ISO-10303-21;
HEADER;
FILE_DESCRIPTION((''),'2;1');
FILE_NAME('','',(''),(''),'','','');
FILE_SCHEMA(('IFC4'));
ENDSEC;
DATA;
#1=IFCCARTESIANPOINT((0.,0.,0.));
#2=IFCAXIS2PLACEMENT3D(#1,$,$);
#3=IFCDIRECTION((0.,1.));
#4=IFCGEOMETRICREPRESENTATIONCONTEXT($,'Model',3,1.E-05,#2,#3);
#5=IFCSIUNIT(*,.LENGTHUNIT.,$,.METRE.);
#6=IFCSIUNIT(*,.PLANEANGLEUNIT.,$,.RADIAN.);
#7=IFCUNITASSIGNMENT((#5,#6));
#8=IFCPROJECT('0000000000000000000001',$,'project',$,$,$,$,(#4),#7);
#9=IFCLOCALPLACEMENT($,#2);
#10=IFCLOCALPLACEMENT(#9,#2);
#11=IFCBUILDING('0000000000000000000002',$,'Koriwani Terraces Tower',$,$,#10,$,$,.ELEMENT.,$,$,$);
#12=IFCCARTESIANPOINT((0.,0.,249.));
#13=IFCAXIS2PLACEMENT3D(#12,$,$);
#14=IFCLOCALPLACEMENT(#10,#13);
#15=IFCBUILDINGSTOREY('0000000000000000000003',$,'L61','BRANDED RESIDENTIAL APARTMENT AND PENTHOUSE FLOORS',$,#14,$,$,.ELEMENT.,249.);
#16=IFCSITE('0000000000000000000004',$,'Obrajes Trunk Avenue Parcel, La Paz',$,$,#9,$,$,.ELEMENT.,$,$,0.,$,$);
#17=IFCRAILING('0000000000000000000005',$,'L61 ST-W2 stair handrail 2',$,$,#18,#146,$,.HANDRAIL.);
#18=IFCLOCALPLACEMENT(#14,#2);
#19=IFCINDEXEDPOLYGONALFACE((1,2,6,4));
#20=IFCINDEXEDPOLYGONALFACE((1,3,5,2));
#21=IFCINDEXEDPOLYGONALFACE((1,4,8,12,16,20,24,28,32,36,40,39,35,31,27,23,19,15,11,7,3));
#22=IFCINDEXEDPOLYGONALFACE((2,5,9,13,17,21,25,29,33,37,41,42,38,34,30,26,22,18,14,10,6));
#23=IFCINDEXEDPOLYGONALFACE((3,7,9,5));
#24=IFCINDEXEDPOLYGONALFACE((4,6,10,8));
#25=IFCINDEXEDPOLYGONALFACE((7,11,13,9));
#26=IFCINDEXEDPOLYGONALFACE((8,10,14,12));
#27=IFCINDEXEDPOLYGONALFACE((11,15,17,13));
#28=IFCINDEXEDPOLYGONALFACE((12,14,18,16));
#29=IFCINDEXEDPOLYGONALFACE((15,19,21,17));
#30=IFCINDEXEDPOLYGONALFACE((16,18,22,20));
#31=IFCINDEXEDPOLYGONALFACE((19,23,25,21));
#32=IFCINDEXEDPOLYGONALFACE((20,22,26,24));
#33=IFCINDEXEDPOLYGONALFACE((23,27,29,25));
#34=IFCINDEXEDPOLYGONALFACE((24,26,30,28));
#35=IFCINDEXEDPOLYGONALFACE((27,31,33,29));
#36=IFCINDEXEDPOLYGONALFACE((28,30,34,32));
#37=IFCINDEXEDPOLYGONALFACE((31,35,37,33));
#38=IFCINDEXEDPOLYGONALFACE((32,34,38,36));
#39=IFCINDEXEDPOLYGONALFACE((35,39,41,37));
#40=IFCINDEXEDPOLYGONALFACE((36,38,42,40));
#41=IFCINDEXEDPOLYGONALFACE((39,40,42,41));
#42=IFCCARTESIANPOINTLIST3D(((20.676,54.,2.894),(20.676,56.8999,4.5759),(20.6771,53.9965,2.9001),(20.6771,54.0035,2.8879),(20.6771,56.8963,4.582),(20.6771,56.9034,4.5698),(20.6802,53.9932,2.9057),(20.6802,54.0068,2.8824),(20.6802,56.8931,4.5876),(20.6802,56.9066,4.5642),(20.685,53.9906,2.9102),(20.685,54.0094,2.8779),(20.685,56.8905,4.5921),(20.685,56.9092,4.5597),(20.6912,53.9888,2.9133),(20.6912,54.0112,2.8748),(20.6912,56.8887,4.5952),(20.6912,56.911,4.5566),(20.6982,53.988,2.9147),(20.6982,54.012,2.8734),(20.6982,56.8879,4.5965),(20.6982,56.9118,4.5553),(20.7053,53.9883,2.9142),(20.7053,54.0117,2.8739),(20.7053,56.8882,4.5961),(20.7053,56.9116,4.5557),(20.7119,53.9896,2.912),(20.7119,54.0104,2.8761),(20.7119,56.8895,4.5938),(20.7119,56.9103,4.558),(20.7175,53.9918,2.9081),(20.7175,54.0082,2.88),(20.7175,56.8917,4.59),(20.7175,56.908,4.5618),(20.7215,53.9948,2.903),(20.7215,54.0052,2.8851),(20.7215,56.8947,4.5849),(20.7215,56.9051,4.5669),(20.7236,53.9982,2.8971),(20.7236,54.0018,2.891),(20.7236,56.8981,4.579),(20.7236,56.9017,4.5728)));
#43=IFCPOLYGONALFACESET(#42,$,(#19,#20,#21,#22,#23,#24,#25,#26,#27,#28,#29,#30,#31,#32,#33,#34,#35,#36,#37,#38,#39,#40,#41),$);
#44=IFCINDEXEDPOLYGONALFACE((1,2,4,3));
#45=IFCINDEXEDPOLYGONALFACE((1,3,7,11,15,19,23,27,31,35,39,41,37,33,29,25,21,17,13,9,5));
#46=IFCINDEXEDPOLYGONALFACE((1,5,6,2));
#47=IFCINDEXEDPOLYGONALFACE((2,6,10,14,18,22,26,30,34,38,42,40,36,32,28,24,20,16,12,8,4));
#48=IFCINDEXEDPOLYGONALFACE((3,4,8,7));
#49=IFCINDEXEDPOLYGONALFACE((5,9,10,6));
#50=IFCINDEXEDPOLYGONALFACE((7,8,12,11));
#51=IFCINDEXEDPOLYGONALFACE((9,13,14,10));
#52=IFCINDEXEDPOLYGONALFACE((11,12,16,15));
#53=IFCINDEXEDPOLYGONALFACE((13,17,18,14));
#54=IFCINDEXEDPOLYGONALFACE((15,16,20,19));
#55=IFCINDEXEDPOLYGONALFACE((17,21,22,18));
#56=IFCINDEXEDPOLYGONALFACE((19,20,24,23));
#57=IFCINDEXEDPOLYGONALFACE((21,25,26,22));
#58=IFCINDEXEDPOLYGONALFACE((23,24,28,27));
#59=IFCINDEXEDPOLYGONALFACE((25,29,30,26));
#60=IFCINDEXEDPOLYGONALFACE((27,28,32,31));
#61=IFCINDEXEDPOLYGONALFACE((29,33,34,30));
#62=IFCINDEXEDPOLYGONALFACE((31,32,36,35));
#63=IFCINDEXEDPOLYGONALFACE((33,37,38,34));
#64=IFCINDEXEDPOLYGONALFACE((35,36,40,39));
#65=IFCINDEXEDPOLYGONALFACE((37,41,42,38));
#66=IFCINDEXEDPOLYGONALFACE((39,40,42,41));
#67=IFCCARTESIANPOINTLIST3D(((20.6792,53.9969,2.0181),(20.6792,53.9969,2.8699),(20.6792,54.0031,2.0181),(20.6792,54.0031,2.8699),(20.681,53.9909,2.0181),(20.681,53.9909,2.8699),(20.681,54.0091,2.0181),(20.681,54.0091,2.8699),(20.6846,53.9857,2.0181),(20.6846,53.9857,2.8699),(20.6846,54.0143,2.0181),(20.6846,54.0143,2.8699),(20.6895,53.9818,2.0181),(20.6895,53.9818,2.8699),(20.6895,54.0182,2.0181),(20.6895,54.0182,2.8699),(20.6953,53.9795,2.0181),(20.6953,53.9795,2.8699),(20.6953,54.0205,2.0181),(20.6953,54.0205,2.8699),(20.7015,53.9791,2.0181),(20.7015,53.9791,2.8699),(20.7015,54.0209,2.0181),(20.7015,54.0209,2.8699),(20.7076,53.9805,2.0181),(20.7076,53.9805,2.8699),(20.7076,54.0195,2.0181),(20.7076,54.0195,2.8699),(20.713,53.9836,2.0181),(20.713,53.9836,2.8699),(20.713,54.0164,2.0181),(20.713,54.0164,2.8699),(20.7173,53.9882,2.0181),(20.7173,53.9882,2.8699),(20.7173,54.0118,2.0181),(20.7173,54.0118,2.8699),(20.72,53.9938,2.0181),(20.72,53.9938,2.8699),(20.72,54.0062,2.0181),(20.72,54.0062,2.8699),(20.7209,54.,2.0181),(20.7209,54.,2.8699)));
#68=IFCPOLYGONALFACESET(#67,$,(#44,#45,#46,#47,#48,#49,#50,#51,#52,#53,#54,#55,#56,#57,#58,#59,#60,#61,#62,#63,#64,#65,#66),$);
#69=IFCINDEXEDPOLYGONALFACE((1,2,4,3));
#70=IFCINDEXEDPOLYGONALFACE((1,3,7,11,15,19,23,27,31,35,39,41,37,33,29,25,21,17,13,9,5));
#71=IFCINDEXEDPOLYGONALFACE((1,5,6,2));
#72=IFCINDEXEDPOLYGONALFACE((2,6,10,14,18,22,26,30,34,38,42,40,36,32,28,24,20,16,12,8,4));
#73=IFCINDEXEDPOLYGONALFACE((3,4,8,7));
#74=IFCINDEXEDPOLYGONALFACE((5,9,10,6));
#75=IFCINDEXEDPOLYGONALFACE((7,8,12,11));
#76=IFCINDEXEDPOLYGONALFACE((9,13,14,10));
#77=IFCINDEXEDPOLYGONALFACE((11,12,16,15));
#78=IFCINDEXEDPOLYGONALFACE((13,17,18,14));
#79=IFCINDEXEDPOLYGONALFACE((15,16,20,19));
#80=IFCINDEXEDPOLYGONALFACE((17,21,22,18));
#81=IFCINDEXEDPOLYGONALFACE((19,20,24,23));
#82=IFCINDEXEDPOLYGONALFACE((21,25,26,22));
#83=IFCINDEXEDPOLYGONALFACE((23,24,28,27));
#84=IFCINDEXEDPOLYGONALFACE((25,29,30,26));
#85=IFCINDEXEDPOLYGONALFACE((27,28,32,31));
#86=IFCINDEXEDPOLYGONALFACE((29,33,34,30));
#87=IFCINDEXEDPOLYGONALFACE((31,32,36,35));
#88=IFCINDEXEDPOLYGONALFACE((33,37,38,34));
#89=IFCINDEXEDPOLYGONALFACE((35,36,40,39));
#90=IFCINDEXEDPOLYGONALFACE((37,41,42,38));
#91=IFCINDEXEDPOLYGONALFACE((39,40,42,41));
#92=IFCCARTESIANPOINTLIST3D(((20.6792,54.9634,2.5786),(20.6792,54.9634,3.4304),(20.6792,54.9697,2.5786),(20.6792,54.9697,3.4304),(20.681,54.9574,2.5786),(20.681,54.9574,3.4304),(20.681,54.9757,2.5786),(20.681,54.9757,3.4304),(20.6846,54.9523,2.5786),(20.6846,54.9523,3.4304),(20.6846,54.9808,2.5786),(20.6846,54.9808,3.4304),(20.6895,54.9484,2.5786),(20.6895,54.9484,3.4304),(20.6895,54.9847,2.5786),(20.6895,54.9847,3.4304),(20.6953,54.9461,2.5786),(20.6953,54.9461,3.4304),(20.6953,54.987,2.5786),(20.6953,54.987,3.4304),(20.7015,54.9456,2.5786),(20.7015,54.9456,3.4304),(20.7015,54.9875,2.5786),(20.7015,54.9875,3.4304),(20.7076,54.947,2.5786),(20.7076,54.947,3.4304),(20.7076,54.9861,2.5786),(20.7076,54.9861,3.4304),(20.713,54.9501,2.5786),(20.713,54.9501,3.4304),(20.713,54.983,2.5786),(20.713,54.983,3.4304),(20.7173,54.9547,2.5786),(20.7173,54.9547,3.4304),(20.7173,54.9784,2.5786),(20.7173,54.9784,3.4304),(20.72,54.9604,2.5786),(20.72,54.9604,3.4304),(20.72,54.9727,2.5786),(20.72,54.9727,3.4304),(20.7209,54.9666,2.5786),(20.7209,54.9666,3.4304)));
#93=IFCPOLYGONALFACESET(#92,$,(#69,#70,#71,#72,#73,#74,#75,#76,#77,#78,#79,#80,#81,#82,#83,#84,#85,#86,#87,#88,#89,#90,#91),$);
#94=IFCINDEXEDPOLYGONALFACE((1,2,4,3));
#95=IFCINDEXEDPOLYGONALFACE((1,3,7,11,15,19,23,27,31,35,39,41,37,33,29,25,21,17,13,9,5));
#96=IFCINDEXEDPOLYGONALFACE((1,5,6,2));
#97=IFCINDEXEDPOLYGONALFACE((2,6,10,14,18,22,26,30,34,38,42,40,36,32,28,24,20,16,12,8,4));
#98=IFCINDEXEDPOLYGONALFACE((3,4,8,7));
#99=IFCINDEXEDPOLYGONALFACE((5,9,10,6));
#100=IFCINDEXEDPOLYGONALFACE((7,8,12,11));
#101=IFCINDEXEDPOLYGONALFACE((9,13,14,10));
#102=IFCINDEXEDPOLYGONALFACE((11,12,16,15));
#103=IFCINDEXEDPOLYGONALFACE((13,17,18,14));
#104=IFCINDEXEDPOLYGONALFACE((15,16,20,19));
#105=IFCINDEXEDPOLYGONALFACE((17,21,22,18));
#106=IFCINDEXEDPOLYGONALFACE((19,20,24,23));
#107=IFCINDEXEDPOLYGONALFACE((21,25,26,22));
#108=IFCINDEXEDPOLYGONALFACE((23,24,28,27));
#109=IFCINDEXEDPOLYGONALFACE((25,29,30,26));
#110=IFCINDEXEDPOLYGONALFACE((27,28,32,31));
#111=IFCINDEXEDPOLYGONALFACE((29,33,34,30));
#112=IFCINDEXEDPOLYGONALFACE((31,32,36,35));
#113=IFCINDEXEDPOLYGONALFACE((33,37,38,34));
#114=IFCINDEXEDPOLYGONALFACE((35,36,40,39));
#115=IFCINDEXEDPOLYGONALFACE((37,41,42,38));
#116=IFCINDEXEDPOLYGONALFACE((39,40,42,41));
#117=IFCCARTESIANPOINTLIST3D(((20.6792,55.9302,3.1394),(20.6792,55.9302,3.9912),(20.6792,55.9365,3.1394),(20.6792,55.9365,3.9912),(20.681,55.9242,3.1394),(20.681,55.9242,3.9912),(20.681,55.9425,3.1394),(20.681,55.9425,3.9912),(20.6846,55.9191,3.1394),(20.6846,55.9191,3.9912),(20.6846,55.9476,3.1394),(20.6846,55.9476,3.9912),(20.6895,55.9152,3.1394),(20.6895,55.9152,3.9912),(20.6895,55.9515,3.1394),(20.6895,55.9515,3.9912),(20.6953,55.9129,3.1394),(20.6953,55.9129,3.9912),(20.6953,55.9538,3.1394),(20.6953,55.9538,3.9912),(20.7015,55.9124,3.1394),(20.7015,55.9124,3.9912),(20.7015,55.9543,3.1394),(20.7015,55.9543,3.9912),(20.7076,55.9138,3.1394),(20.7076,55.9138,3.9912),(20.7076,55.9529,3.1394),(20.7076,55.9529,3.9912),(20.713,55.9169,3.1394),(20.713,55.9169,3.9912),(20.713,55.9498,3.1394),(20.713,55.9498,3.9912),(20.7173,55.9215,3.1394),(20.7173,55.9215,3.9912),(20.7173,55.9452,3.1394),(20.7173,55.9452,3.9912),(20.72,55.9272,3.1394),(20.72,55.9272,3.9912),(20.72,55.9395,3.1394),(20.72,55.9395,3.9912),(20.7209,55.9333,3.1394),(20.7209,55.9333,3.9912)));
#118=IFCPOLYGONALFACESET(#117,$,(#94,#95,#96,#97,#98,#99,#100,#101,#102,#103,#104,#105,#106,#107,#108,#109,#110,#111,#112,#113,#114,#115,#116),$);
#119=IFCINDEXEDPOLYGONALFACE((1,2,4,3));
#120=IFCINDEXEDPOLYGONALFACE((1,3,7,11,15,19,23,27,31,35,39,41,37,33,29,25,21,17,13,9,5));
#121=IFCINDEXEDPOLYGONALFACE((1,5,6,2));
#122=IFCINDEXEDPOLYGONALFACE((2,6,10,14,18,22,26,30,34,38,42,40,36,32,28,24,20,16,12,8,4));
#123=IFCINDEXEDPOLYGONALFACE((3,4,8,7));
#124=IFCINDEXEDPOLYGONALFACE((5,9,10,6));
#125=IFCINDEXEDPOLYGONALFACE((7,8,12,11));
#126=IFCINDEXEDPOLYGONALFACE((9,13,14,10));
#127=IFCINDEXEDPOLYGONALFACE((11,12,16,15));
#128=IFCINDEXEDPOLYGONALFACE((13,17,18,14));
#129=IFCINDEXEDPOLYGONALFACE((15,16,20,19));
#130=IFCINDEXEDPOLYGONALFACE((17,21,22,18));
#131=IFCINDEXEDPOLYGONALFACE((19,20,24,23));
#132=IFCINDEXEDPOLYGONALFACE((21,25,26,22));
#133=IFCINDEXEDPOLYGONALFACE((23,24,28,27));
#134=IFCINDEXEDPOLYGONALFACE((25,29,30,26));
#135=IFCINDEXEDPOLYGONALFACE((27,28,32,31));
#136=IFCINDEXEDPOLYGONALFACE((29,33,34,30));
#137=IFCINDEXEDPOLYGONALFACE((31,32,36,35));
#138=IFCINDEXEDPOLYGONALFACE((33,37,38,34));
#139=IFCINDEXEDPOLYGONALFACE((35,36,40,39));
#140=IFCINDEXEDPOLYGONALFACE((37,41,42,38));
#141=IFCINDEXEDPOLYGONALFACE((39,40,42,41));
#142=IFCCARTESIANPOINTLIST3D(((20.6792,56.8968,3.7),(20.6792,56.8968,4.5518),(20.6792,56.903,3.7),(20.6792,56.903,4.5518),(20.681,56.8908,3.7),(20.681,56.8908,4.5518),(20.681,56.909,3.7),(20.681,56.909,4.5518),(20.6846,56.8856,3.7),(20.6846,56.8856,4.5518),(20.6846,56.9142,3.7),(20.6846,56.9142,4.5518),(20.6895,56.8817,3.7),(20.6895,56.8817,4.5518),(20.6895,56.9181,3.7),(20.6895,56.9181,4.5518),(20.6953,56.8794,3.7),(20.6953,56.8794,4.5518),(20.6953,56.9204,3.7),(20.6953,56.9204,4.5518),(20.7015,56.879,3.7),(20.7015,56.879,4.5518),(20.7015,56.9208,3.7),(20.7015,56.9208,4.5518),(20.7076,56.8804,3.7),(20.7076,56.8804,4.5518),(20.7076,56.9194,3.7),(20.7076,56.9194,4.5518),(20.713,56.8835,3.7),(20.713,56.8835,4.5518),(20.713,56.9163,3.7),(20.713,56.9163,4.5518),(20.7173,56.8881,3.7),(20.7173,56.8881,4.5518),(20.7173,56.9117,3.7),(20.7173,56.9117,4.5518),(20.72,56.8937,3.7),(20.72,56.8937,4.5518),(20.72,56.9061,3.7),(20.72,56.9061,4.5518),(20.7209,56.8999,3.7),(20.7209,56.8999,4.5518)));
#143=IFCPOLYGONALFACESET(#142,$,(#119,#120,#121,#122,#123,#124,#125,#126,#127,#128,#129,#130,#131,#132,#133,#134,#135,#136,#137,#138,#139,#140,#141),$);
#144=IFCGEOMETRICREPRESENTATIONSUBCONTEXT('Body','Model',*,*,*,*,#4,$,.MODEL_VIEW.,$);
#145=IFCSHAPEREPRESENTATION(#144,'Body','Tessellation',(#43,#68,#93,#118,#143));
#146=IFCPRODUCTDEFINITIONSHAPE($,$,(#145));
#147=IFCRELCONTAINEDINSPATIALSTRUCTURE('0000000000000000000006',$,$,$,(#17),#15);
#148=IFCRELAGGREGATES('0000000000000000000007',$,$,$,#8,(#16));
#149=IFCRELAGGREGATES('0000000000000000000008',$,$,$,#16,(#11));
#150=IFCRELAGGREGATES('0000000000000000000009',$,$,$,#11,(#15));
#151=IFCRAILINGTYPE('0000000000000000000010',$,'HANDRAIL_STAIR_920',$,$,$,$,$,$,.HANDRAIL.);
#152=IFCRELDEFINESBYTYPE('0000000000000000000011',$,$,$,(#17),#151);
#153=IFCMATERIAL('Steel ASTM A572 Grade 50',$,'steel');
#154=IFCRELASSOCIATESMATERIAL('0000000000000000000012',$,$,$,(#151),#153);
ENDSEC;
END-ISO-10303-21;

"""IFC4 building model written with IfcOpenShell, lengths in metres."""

from ifc_helpers import new_model, si_unit, direction, frame, origin, origin_2d, place, context, subcontext, project, spatial, circle, extrude, material, type_object, element, save


model = new_model("IFC4")

# Units and contexts
model_context = context("Model", 3, precision=1e-05, world=origin(), true_north=direction((0.0, 1.0)))
body_context = subcontext(model_context, "Body", "Model", "MODEL_VIEW")
ifc_project = project(units=[si_unit("LENGTHUNIT", "METRE"), si_unit("PLANEANGLEUNIT", "RADIAN")], contexts=[model_context])

# Site, building, storey
site_placement = place(None, origin())
site = spatial("IfcSite", under=ifc_project, at=site_placement, Name="Obrajes Trunk Avenue Parcel, La Paz", CompositionType="ELEMENT", RefElevation=0.0)
building_placement = place(site_placement, origin())
building = spatial("IfcBuilding", under=site, at=building_placement, Name="Koriwani Terraces Tower", CompositionType="ELEMENT")
storey_placement = place(building_placement, frame((0.0, 0.0, 249.0)))
storey = spatial("IfcBuildingStorey", under=building, at=storey_placement, Name="L61", Description="BRANDED RESIDENTIAL APARTMENT AND PENTHOUSE FLOORS", CompositionType="ELEMENT", Elevation=249.0)

# Shared definitions
ifc_material_1 = material(Name="Steel ASTM A572 Grade 50", Category="steel")

# Railing
railing_type = type_object("IfcRailingType", Name="HANDRAIL_STAIR_920", PredefinedType="HANDRAIL", material=ifc_material_1)
railing_placement = place(storey_placement, frame((20.7, 54.0, 2.0181)))
element("IfcRailing", 1, at=railing_placement, inside=storey, type_object=railing_type, Name="L61 ST-W2 stair handrail 2", PredefinedType="HANDRAIL", context=body_context, shape_type="SweptSolid", body=[
    extrude(circle(Radius=0.0239, at=origin_2d()), frame((0.0, 0.0, 0.876), z_axis=(0.0, 0.865039, 0.501705), x_axis=(-1.0, 0.0, 0.0)), (0.0, 0.0, 1.0), 3.3523),
    extrude(circle(Radius=0.021, at=origin_2d()), origin(), (0.0, 0.0, 1.0), 0.8518),
    extrude(circle(Radius=0.021, at=origin_2d()), frame((0.0, 0.9666, 0.5605)), (0.0, 0.0, 1.0), 0.8518),
    extrude(circle(Radius=0.021, at=origin_2d()), frame((0.0, 1.9333, 1.1213)), (0.0, 0.0, 1.0), 0.8518),
    extrude(circle(Radius=0.021, at=origin_2d()), frame((0.0, 2.8999, 1.6819)), (0.0, 0.0, 1.0), 0.8518),
])

save(model, "model.ifc")
